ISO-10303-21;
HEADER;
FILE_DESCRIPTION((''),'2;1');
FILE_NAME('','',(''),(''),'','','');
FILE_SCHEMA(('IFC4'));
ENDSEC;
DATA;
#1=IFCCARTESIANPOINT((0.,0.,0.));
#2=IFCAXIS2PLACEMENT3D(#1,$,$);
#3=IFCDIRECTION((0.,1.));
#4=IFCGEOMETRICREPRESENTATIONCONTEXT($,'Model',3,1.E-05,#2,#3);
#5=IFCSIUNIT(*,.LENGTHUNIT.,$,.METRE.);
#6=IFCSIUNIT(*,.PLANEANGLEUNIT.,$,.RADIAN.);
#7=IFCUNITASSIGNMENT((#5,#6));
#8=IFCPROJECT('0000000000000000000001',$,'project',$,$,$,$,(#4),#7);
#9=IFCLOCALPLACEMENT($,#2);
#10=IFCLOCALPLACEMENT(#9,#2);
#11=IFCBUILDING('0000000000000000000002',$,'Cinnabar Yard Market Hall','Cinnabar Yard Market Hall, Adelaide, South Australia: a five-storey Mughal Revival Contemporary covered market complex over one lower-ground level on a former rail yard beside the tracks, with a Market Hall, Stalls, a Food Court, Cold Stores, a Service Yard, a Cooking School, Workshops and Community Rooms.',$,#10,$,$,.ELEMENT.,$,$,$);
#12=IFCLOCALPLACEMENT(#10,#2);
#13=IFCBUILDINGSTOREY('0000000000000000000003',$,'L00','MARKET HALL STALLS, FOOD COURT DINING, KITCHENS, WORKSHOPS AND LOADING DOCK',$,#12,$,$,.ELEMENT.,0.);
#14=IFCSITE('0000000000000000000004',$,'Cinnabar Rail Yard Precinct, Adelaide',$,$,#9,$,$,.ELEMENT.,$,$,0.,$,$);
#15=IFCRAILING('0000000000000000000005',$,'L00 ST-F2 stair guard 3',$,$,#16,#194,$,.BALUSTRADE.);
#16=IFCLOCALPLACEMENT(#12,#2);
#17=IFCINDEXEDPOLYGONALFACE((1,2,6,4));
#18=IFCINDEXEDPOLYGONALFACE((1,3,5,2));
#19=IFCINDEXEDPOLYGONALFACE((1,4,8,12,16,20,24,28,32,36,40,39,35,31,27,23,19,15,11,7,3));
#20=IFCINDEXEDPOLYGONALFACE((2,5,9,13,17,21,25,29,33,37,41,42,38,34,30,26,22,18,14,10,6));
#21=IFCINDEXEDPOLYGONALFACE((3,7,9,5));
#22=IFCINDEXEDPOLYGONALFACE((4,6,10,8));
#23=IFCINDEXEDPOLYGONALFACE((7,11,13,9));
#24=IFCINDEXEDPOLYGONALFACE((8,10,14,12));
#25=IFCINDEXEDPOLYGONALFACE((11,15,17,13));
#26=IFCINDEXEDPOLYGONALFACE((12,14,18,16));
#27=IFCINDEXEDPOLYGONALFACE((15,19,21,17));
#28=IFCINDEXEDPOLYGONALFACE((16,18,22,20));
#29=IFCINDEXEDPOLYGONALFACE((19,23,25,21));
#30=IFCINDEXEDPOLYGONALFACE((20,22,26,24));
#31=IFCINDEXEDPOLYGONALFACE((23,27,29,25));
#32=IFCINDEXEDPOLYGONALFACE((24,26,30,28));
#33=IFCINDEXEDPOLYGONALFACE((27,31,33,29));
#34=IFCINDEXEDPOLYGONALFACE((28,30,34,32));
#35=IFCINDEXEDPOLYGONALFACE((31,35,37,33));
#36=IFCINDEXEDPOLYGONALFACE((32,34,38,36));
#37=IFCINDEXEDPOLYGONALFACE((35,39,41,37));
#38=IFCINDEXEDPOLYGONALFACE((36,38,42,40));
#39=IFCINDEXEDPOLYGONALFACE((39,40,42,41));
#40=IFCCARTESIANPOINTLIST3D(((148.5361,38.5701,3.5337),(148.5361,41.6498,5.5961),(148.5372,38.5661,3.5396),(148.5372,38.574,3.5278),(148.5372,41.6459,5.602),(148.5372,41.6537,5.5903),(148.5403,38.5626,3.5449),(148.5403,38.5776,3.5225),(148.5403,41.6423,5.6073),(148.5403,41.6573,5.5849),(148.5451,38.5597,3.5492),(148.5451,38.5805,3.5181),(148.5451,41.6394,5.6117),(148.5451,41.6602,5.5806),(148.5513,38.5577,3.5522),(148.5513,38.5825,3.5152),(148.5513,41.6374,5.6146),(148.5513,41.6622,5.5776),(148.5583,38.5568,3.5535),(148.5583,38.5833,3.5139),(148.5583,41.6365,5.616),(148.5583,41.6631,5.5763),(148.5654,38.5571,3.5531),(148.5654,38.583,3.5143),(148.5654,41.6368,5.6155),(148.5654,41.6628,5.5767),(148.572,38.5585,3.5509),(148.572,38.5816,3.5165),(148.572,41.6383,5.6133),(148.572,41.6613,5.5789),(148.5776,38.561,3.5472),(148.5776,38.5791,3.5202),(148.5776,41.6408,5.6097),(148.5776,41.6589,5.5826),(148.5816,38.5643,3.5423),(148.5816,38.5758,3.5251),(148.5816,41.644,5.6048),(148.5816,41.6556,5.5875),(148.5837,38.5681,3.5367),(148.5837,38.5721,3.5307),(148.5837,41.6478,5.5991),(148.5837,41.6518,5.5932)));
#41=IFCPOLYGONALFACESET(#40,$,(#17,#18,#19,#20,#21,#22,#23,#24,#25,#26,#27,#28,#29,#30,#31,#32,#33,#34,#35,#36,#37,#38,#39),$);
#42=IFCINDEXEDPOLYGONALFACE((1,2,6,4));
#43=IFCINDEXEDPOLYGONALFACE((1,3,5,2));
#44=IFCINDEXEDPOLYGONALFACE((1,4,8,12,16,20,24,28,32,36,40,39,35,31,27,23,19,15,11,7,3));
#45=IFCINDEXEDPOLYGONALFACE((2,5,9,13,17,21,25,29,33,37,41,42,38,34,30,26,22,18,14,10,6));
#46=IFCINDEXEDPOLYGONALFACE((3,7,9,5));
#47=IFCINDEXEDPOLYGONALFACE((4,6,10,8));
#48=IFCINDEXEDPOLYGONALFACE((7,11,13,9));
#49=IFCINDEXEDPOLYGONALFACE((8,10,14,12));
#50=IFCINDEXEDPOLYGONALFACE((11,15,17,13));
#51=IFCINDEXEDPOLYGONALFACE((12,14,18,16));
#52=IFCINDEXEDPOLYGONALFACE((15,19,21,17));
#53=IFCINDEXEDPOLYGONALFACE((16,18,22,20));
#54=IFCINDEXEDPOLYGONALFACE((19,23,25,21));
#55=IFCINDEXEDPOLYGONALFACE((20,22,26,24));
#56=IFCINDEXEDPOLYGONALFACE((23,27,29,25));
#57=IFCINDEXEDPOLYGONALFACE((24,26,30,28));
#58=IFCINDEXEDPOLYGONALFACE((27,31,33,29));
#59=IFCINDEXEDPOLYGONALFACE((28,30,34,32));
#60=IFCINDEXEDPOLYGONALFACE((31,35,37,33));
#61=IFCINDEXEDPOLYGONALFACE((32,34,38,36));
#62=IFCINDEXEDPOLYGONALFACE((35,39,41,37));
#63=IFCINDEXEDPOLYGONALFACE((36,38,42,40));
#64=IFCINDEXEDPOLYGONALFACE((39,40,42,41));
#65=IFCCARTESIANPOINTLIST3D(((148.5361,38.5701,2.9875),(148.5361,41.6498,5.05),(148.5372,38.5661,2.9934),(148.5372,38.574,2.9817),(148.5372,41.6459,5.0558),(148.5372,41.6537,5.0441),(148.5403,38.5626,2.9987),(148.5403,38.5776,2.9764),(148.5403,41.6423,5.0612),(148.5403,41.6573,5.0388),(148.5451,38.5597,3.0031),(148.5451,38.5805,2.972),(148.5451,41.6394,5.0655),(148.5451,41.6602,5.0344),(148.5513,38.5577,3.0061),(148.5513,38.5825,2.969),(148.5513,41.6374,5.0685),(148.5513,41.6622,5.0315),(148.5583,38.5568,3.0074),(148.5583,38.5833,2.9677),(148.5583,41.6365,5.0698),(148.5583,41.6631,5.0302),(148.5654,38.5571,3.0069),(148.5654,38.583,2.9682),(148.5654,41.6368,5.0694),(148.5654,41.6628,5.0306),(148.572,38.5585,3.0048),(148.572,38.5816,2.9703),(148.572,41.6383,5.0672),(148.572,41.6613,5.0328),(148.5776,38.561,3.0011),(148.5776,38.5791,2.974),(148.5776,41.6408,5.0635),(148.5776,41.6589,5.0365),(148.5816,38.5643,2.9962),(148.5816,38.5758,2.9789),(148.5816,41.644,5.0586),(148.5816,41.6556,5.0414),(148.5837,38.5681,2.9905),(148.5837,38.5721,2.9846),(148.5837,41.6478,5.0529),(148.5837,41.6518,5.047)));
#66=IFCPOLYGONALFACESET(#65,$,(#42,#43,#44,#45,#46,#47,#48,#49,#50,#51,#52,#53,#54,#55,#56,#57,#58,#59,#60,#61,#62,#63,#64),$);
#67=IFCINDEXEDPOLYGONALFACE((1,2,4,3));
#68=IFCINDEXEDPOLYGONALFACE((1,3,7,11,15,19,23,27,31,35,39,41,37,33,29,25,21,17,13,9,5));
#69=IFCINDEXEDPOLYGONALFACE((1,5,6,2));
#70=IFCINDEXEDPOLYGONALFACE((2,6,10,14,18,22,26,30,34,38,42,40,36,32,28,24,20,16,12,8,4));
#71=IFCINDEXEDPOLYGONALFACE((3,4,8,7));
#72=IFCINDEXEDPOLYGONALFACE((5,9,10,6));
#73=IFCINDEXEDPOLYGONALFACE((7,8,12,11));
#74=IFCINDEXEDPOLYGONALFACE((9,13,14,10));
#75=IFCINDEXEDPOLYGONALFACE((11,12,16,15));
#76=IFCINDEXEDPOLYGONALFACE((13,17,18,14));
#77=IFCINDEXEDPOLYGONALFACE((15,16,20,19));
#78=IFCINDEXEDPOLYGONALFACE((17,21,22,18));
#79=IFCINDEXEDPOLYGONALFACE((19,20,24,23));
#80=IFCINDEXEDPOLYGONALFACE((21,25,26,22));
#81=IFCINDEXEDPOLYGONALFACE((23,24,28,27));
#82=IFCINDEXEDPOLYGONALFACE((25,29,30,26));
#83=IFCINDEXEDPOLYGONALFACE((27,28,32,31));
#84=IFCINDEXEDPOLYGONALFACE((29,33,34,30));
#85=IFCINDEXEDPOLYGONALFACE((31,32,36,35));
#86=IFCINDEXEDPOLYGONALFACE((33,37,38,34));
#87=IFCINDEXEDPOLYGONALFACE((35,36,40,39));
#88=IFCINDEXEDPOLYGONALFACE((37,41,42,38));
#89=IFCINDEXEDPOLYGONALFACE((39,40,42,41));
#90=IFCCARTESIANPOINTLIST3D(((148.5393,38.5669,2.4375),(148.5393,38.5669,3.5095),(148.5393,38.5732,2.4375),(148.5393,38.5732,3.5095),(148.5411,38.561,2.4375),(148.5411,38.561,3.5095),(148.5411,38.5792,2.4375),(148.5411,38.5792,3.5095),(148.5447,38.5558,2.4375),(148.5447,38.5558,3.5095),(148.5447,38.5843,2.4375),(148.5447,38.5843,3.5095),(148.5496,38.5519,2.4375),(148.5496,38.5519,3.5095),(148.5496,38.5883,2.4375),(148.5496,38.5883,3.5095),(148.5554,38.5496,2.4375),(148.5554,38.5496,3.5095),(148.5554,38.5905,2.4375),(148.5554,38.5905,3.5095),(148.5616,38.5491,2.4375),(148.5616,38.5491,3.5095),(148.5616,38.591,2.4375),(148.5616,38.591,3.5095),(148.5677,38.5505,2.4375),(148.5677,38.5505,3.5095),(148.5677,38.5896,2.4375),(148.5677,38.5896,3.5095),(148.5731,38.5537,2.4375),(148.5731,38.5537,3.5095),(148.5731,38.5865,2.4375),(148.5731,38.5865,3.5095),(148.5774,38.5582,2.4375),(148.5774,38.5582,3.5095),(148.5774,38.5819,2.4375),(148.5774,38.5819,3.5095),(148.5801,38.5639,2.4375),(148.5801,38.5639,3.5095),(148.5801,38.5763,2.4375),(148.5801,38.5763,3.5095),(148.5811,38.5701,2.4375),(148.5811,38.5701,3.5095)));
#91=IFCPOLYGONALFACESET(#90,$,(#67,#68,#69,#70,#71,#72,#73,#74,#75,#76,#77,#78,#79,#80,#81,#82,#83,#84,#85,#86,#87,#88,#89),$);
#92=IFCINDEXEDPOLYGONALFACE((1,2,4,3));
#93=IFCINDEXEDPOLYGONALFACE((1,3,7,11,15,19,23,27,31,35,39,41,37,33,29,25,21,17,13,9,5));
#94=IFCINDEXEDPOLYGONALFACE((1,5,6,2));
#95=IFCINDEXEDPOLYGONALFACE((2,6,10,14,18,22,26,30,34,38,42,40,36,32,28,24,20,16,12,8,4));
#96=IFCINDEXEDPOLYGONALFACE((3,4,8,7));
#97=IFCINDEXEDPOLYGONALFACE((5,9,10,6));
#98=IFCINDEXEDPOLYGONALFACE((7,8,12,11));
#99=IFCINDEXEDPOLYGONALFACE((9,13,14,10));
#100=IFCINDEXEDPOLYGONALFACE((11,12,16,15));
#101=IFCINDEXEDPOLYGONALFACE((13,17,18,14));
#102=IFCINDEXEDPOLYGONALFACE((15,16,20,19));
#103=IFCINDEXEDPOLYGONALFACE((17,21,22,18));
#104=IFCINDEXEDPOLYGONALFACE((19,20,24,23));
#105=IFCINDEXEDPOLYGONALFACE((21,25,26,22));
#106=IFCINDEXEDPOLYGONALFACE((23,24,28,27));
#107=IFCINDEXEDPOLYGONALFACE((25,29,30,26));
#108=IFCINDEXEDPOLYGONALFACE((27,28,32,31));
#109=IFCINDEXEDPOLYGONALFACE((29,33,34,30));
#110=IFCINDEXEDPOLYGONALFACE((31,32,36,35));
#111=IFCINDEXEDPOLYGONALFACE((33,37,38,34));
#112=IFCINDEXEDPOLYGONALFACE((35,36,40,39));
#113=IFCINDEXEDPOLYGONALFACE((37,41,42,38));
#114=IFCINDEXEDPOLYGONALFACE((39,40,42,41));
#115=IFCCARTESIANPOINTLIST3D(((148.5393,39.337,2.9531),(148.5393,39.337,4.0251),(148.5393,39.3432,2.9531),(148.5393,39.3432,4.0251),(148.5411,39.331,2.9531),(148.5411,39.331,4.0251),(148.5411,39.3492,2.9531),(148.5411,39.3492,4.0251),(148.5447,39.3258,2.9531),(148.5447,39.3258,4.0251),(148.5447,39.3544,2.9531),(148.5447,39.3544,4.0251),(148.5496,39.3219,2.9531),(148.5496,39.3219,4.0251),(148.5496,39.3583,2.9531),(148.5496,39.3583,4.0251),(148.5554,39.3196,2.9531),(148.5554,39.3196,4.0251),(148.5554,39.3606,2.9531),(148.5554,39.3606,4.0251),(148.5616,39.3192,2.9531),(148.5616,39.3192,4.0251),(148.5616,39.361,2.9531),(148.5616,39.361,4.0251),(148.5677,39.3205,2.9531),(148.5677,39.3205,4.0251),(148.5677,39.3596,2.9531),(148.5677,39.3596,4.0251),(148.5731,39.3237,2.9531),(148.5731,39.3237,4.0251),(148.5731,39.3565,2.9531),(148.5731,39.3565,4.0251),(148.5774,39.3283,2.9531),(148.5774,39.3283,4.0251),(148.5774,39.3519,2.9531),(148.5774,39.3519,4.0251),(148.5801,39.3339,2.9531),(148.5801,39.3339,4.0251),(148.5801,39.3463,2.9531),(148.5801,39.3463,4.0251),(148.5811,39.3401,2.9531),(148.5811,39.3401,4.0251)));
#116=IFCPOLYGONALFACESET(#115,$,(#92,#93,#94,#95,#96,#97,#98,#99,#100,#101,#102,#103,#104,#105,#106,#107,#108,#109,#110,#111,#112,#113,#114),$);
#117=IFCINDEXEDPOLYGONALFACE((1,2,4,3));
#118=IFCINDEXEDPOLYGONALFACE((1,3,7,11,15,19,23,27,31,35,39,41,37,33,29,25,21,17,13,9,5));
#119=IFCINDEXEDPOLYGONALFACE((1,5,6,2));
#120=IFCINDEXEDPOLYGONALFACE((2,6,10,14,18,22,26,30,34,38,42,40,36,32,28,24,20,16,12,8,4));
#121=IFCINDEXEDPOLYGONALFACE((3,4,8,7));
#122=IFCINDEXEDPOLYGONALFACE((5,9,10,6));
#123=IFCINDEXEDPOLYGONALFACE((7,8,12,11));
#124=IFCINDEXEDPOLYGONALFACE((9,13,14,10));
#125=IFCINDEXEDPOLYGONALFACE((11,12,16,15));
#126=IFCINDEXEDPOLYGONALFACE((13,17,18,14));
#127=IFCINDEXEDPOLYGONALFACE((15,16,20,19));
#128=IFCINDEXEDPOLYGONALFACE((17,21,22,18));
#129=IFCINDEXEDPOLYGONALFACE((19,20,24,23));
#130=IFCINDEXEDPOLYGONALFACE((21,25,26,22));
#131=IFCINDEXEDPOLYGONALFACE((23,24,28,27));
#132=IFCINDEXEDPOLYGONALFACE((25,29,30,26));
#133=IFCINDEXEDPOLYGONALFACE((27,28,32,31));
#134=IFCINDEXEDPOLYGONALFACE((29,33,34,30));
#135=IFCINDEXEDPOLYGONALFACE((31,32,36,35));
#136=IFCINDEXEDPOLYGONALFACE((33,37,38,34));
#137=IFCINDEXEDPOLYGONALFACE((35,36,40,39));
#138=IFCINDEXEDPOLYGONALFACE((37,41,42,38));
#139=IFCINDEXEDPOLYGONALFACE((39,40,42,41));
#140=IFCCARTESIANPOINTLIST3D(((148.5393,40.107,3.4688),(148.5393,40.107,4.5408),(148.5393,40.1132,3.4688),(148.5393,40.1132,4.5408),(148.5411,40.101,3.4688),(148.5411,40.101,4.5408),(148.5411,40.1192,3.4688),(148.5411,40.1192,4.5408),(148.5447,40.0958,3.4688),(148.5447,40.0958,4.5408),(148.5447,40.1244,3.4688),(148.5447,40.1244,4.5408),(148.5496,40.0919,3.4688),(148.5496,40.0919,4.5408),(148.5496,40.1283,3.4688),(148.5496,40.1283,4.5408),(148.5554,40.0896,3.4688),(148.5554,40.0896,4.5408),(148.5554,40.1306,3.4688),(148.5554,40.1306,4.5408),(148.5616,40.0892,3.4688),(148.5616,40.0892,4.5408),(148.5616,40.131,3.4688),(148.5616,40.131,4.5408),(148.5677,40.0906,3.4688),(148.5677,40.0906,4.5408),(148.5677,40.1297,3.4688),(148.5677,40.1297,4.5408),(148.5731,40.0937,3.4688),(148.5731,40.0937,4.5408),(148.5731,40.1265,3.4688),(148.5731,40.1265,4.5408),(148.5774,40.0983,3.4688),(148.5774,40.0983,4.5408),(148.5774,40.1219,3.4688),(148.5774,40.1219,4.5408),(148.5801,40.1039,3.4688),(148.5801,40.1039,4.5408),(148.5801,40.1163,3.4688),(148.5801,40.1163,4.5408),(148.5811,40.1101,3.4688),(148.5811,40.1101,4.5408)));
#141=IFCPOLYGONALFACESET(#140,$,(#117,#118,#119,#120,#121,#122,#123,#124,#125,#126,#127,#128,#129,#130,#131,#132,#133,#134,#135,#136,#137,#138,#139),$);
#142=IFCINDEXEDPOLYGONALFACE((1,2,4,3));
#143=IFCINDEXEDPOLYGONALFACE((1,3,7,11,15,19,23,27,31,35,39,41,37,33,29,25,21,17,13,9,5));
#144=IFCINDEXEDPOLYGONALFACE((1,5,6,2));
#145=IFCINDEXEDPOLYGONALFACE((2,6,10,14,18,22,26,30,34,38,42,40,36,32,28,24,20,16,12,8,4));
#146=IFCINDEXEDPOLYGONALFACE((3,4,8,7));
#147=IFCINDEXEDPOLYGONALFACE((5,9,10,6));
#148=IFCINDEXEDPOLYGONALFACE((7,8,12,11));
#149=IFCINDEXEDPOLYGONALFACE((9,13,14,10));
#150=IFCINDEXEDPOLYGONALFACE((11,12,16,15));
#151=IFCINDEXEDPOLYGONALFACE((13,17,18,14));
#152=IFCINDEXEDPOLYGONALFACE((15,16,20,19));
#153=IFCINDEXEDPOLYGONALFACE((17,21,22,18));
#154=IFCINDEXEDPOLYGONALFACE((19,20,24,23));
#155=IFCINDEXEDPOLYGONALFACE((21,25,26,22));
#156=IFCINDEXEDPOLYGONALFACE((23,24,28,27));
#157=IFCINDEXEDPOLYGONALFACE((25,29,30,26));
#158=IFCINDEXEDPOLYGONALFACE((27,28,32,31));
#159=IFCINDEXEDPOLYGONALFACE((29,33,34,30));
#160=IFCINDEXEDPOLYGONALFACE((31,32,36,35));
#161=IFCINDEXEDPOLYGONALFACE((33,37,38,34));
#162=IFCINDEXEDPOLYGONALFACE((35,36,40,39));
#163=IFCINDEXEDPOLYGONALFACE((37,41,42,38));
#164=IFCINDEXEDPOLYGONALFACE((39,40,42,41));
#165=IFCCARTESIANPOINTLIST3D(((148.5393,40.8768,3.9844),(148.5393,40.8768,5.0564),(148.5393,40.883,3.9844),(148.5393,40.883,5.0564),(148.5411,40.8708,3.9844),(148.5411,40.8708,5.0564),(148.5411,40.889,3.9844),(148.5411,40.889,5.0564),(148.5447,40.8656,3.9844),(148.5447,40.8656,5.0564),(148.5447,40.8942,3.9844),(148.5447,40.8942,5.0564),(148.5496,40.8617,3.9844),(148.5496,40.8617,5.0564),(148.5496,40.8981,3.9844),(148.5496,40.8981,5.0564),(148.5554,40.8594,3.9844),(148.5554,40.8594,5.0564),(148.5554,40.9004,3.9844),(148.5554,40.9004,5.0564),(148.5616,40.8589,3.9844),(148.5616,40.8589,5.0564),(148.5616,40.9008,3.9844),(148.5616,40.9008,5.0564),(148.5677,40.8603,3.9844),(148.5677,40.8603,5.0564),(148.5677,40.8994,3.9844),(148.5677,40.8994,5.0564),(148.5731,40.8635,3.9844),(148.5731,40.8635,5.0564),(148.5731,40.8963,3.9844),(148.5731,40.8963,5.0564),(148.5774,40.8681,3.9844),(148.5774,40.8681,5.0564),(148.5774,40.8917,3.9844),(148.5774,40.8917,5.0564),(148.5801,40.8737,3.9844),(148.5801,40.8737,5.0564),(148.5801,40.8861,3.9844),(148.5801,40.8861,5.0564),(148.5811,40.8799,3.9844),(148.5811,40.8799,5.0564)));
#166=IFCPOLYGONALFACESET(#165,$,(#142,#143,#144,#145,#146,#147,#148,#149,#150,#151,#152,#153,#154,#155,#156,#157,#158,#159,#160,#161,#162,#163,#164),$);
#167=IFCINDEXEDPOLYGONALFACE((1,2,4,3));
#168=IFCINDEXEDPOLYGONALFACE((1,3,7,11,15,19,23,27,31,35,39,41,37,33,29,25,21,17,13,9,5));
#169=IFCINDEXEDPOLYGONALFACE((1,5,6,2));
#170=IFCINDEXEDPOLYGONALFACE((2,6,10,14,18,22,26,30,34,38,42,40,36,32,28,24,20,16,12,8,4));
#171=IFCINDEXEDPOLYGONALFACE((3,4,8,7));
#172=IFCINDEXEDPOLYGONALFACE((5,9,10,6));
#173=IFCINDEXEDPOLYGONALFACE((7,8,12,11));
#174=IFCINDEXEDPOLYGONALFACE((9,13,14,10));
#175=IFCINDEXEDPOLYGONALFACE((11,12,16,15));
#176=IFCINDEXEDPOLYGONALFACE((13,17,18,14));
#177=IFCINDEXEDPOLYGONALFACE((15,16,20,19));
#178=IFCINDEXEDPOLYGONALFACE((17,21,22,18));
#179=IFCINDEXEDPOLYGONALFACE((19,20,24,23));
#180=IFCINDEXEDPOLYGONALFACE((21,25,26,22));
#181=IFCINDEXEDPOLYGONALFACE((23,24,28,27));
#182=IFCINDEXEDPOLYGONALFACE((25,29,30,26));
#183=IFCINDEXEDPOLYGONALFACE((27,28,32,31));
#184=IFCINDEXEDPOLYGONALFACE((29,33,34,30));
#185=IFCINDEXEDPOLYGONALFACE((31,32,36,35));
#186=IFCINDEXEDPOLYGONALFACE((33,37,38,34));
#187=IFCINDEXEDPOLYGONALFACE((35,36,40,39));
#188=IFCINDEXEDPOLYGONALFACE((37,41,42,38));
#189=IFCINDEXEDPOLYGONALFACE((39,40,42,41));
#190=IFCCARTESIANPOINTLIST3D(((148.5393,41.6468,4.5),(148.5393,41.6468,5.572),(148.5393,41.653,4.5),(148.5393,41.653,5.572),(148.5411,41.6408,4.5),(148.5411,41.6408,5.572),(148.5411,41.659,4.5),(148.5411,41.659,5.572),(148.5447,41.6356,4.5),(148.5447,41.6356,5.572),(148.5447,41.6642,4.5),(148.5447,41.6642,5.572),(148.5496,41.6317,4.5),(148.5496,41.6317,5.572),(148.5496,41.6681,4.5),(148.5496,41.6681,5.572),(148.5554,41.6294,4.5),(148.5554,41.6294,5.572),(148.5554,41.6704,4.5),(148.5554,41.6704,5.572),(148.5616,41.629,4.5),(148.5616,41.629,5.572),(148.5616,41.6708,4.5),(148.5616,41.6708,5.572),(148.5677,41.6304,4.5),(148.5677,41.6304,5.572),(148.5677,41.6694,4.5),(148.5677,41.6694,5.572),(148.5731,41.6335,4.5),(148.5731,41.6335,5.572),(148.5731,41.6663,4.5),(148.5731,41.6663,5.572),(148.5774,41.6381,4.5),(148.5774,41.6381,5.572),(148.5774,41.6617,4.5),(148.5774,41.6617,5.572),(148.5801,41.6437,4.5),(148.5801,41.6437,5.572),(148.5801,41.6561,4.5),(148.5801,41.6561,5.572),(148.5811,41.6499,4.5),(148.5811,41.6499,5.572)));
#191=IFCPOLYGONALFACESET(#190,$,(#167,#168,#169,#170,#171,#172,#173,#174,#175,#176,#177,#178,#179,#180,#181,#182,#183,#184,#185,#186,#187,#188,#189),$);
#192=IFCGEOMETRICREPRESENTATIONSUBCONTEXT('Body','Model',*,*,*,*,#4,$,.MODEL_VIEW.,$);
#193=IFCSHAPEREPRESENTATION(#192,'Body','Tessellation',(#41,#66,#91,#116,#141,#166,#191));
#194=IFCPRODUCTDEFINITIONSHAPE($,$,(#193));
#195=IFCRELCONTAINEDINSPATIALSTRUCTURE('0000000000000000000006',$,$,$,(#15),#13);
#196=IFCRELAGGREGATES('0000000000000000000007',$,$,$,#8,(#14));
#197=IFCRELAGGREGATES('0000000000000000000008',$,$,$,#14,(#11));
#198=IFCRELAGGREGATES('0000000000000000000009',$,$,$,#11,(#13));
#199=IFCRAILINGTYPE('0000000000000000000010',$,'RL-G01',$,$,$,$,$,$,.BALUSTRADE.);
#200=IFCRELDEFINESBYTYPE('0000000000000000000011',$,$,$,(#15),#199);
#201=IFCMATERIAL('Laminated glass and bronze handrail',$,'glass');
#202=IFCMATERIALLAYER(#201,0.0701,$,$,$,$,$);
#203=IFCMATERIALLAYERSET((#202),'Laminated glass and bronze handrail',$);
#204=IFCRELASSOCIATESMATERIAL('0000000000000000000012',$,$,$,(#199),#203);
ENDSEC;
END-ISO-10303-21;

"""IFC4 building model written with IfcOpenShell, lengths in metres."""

from ifc_helpers import new_model, si_unit, direction, frame, origin, origin_2d_with_axis, place, context, subcontext, project, spatial, circle, extrude, material, layer, layer_set, type_object, element, save


model = new_model("IFC4")

# Units and contexts
model_context = context("Model", 3, precision=1e-05, world=origin(), true_north=direction((0.0, 1.0)))
body_context = subcontext(model_context, "Body", "Model", "MODEL_VIEW")
ifc_project = project(units=[si_unit("LENGTHUNIT", "METRE"), si_unit("PLANEANGLEUNIT", "RADIAN")], contexts=[model_context])

# Site, building, storey
site_placement = place(None, origin())
site = spatial("IfcSite", under=ifc_project, at=site_placement, Name="Cinnabar Rail Yard Precinct, Adelaide", CompositionType="ELEMENT", RefElevation=0.0)
building_placement = place(site_placement, origin())
building = spatial("IfcBuilding", under=site, at=building_placement, Name="Cinnabar Yard Market Hall", Description="Cinnabar Yard Market Hall, Adelaide, South Australia: a five-storey Mughal Revival Contemporary covered market complex over one lower-ground level on a former rail yard beside the tracks, with a Market Hall, Stalls, a Food Court, Cold Stores, a Service Yard, a Cooking School, Workshops and Community Rooms.", CompositionType="ELEMENT")
storey_placement = place(building_placement, origin())
storey = spatial("IfcBuildingStorey", under=building, at=storey_placement, Name="L00", Description="MARKET HALL STALLS, FOOD COURT DINING, KITCHENS, WORKSHOPS AND LOADING DOCK", CompositionType="ELEMENT", Elevation=0.0)

# Railing
ifc_material_1 = material(Name="Laminated glass and bronze handrail", Category="glass")
ifc_layer_1 = layer(ifc_material_1, 0.0701)
ifc_layer_set_1 = layer_set([ifc_layer_1], Name="Laminated glass and bronze handrail")
railing_type_1 = type_object("IfcRailingType", Name="RL-G01", PredefinedType="BALUSTRADE", material=ifc_layer_set_1)
railing_1_placement = place(storey_placement, frame((148.5601, 38.5701, 2.4375)))
element("IfcRailing", 1, at=railing_1_placement, inside=storey, type_object=railing_type_1, Name="L00 ST-F2 stair guard 3", PredefinedType="BALUSTRADE", context=body_context, shape_type="SweptSolid", body=[
    extrude(circle(Radius=0.0239, at=origin_2d_with_axis()), frame((0.0, 0.0, 1.0962), z_axis=(0.0, 0.830893, 0.556432), x_axis=(-1.0, 0.0, 0.0)), (0.0, 0.0, 1.0), 3.7065),
    extrude(circle(Radius=0.0239, at=origin_2d_with_axis()), frame((0.0, 0.0, 0.55), z_axis=(0.0, 0.830893, 0.556432), x_axis=(-1.0, 0.0, 0.0)), (0.0, 0.0, 1.0), 3.7065),
    extrude(circle(Radius=0.021, at=origin_2d_with_axis()), origin(), (0.0, 0.0, 1.0), 1.072),
    extrude(circle(Radius=0.021, at=origin_2d_with_axis()), frame((0.0, 0.77, 0.5156)), (0.0, 0.0, 1.0), 1.072),
    extrude(circle(Radius=0.021, at=origin_2d_with_axis()), frame((0.0, 1.54, 1.0312)), (0.0, 0.0, 1.0), 1.072),
    extrude(circle(Radius=0.021, at=origin_2d_with_axis()), frame((0.0, 2.3098, 1.5469)), (0.0, 0.0, 1.0), 1.072),
    extrude(circle(Radius=0.021, at=origin_2d_with_axis()), frame((0.0, 3.0798, 2.0625)), (0.0, 0.0, 1.0), 1.072),
])

save(model, "model.ifc")
